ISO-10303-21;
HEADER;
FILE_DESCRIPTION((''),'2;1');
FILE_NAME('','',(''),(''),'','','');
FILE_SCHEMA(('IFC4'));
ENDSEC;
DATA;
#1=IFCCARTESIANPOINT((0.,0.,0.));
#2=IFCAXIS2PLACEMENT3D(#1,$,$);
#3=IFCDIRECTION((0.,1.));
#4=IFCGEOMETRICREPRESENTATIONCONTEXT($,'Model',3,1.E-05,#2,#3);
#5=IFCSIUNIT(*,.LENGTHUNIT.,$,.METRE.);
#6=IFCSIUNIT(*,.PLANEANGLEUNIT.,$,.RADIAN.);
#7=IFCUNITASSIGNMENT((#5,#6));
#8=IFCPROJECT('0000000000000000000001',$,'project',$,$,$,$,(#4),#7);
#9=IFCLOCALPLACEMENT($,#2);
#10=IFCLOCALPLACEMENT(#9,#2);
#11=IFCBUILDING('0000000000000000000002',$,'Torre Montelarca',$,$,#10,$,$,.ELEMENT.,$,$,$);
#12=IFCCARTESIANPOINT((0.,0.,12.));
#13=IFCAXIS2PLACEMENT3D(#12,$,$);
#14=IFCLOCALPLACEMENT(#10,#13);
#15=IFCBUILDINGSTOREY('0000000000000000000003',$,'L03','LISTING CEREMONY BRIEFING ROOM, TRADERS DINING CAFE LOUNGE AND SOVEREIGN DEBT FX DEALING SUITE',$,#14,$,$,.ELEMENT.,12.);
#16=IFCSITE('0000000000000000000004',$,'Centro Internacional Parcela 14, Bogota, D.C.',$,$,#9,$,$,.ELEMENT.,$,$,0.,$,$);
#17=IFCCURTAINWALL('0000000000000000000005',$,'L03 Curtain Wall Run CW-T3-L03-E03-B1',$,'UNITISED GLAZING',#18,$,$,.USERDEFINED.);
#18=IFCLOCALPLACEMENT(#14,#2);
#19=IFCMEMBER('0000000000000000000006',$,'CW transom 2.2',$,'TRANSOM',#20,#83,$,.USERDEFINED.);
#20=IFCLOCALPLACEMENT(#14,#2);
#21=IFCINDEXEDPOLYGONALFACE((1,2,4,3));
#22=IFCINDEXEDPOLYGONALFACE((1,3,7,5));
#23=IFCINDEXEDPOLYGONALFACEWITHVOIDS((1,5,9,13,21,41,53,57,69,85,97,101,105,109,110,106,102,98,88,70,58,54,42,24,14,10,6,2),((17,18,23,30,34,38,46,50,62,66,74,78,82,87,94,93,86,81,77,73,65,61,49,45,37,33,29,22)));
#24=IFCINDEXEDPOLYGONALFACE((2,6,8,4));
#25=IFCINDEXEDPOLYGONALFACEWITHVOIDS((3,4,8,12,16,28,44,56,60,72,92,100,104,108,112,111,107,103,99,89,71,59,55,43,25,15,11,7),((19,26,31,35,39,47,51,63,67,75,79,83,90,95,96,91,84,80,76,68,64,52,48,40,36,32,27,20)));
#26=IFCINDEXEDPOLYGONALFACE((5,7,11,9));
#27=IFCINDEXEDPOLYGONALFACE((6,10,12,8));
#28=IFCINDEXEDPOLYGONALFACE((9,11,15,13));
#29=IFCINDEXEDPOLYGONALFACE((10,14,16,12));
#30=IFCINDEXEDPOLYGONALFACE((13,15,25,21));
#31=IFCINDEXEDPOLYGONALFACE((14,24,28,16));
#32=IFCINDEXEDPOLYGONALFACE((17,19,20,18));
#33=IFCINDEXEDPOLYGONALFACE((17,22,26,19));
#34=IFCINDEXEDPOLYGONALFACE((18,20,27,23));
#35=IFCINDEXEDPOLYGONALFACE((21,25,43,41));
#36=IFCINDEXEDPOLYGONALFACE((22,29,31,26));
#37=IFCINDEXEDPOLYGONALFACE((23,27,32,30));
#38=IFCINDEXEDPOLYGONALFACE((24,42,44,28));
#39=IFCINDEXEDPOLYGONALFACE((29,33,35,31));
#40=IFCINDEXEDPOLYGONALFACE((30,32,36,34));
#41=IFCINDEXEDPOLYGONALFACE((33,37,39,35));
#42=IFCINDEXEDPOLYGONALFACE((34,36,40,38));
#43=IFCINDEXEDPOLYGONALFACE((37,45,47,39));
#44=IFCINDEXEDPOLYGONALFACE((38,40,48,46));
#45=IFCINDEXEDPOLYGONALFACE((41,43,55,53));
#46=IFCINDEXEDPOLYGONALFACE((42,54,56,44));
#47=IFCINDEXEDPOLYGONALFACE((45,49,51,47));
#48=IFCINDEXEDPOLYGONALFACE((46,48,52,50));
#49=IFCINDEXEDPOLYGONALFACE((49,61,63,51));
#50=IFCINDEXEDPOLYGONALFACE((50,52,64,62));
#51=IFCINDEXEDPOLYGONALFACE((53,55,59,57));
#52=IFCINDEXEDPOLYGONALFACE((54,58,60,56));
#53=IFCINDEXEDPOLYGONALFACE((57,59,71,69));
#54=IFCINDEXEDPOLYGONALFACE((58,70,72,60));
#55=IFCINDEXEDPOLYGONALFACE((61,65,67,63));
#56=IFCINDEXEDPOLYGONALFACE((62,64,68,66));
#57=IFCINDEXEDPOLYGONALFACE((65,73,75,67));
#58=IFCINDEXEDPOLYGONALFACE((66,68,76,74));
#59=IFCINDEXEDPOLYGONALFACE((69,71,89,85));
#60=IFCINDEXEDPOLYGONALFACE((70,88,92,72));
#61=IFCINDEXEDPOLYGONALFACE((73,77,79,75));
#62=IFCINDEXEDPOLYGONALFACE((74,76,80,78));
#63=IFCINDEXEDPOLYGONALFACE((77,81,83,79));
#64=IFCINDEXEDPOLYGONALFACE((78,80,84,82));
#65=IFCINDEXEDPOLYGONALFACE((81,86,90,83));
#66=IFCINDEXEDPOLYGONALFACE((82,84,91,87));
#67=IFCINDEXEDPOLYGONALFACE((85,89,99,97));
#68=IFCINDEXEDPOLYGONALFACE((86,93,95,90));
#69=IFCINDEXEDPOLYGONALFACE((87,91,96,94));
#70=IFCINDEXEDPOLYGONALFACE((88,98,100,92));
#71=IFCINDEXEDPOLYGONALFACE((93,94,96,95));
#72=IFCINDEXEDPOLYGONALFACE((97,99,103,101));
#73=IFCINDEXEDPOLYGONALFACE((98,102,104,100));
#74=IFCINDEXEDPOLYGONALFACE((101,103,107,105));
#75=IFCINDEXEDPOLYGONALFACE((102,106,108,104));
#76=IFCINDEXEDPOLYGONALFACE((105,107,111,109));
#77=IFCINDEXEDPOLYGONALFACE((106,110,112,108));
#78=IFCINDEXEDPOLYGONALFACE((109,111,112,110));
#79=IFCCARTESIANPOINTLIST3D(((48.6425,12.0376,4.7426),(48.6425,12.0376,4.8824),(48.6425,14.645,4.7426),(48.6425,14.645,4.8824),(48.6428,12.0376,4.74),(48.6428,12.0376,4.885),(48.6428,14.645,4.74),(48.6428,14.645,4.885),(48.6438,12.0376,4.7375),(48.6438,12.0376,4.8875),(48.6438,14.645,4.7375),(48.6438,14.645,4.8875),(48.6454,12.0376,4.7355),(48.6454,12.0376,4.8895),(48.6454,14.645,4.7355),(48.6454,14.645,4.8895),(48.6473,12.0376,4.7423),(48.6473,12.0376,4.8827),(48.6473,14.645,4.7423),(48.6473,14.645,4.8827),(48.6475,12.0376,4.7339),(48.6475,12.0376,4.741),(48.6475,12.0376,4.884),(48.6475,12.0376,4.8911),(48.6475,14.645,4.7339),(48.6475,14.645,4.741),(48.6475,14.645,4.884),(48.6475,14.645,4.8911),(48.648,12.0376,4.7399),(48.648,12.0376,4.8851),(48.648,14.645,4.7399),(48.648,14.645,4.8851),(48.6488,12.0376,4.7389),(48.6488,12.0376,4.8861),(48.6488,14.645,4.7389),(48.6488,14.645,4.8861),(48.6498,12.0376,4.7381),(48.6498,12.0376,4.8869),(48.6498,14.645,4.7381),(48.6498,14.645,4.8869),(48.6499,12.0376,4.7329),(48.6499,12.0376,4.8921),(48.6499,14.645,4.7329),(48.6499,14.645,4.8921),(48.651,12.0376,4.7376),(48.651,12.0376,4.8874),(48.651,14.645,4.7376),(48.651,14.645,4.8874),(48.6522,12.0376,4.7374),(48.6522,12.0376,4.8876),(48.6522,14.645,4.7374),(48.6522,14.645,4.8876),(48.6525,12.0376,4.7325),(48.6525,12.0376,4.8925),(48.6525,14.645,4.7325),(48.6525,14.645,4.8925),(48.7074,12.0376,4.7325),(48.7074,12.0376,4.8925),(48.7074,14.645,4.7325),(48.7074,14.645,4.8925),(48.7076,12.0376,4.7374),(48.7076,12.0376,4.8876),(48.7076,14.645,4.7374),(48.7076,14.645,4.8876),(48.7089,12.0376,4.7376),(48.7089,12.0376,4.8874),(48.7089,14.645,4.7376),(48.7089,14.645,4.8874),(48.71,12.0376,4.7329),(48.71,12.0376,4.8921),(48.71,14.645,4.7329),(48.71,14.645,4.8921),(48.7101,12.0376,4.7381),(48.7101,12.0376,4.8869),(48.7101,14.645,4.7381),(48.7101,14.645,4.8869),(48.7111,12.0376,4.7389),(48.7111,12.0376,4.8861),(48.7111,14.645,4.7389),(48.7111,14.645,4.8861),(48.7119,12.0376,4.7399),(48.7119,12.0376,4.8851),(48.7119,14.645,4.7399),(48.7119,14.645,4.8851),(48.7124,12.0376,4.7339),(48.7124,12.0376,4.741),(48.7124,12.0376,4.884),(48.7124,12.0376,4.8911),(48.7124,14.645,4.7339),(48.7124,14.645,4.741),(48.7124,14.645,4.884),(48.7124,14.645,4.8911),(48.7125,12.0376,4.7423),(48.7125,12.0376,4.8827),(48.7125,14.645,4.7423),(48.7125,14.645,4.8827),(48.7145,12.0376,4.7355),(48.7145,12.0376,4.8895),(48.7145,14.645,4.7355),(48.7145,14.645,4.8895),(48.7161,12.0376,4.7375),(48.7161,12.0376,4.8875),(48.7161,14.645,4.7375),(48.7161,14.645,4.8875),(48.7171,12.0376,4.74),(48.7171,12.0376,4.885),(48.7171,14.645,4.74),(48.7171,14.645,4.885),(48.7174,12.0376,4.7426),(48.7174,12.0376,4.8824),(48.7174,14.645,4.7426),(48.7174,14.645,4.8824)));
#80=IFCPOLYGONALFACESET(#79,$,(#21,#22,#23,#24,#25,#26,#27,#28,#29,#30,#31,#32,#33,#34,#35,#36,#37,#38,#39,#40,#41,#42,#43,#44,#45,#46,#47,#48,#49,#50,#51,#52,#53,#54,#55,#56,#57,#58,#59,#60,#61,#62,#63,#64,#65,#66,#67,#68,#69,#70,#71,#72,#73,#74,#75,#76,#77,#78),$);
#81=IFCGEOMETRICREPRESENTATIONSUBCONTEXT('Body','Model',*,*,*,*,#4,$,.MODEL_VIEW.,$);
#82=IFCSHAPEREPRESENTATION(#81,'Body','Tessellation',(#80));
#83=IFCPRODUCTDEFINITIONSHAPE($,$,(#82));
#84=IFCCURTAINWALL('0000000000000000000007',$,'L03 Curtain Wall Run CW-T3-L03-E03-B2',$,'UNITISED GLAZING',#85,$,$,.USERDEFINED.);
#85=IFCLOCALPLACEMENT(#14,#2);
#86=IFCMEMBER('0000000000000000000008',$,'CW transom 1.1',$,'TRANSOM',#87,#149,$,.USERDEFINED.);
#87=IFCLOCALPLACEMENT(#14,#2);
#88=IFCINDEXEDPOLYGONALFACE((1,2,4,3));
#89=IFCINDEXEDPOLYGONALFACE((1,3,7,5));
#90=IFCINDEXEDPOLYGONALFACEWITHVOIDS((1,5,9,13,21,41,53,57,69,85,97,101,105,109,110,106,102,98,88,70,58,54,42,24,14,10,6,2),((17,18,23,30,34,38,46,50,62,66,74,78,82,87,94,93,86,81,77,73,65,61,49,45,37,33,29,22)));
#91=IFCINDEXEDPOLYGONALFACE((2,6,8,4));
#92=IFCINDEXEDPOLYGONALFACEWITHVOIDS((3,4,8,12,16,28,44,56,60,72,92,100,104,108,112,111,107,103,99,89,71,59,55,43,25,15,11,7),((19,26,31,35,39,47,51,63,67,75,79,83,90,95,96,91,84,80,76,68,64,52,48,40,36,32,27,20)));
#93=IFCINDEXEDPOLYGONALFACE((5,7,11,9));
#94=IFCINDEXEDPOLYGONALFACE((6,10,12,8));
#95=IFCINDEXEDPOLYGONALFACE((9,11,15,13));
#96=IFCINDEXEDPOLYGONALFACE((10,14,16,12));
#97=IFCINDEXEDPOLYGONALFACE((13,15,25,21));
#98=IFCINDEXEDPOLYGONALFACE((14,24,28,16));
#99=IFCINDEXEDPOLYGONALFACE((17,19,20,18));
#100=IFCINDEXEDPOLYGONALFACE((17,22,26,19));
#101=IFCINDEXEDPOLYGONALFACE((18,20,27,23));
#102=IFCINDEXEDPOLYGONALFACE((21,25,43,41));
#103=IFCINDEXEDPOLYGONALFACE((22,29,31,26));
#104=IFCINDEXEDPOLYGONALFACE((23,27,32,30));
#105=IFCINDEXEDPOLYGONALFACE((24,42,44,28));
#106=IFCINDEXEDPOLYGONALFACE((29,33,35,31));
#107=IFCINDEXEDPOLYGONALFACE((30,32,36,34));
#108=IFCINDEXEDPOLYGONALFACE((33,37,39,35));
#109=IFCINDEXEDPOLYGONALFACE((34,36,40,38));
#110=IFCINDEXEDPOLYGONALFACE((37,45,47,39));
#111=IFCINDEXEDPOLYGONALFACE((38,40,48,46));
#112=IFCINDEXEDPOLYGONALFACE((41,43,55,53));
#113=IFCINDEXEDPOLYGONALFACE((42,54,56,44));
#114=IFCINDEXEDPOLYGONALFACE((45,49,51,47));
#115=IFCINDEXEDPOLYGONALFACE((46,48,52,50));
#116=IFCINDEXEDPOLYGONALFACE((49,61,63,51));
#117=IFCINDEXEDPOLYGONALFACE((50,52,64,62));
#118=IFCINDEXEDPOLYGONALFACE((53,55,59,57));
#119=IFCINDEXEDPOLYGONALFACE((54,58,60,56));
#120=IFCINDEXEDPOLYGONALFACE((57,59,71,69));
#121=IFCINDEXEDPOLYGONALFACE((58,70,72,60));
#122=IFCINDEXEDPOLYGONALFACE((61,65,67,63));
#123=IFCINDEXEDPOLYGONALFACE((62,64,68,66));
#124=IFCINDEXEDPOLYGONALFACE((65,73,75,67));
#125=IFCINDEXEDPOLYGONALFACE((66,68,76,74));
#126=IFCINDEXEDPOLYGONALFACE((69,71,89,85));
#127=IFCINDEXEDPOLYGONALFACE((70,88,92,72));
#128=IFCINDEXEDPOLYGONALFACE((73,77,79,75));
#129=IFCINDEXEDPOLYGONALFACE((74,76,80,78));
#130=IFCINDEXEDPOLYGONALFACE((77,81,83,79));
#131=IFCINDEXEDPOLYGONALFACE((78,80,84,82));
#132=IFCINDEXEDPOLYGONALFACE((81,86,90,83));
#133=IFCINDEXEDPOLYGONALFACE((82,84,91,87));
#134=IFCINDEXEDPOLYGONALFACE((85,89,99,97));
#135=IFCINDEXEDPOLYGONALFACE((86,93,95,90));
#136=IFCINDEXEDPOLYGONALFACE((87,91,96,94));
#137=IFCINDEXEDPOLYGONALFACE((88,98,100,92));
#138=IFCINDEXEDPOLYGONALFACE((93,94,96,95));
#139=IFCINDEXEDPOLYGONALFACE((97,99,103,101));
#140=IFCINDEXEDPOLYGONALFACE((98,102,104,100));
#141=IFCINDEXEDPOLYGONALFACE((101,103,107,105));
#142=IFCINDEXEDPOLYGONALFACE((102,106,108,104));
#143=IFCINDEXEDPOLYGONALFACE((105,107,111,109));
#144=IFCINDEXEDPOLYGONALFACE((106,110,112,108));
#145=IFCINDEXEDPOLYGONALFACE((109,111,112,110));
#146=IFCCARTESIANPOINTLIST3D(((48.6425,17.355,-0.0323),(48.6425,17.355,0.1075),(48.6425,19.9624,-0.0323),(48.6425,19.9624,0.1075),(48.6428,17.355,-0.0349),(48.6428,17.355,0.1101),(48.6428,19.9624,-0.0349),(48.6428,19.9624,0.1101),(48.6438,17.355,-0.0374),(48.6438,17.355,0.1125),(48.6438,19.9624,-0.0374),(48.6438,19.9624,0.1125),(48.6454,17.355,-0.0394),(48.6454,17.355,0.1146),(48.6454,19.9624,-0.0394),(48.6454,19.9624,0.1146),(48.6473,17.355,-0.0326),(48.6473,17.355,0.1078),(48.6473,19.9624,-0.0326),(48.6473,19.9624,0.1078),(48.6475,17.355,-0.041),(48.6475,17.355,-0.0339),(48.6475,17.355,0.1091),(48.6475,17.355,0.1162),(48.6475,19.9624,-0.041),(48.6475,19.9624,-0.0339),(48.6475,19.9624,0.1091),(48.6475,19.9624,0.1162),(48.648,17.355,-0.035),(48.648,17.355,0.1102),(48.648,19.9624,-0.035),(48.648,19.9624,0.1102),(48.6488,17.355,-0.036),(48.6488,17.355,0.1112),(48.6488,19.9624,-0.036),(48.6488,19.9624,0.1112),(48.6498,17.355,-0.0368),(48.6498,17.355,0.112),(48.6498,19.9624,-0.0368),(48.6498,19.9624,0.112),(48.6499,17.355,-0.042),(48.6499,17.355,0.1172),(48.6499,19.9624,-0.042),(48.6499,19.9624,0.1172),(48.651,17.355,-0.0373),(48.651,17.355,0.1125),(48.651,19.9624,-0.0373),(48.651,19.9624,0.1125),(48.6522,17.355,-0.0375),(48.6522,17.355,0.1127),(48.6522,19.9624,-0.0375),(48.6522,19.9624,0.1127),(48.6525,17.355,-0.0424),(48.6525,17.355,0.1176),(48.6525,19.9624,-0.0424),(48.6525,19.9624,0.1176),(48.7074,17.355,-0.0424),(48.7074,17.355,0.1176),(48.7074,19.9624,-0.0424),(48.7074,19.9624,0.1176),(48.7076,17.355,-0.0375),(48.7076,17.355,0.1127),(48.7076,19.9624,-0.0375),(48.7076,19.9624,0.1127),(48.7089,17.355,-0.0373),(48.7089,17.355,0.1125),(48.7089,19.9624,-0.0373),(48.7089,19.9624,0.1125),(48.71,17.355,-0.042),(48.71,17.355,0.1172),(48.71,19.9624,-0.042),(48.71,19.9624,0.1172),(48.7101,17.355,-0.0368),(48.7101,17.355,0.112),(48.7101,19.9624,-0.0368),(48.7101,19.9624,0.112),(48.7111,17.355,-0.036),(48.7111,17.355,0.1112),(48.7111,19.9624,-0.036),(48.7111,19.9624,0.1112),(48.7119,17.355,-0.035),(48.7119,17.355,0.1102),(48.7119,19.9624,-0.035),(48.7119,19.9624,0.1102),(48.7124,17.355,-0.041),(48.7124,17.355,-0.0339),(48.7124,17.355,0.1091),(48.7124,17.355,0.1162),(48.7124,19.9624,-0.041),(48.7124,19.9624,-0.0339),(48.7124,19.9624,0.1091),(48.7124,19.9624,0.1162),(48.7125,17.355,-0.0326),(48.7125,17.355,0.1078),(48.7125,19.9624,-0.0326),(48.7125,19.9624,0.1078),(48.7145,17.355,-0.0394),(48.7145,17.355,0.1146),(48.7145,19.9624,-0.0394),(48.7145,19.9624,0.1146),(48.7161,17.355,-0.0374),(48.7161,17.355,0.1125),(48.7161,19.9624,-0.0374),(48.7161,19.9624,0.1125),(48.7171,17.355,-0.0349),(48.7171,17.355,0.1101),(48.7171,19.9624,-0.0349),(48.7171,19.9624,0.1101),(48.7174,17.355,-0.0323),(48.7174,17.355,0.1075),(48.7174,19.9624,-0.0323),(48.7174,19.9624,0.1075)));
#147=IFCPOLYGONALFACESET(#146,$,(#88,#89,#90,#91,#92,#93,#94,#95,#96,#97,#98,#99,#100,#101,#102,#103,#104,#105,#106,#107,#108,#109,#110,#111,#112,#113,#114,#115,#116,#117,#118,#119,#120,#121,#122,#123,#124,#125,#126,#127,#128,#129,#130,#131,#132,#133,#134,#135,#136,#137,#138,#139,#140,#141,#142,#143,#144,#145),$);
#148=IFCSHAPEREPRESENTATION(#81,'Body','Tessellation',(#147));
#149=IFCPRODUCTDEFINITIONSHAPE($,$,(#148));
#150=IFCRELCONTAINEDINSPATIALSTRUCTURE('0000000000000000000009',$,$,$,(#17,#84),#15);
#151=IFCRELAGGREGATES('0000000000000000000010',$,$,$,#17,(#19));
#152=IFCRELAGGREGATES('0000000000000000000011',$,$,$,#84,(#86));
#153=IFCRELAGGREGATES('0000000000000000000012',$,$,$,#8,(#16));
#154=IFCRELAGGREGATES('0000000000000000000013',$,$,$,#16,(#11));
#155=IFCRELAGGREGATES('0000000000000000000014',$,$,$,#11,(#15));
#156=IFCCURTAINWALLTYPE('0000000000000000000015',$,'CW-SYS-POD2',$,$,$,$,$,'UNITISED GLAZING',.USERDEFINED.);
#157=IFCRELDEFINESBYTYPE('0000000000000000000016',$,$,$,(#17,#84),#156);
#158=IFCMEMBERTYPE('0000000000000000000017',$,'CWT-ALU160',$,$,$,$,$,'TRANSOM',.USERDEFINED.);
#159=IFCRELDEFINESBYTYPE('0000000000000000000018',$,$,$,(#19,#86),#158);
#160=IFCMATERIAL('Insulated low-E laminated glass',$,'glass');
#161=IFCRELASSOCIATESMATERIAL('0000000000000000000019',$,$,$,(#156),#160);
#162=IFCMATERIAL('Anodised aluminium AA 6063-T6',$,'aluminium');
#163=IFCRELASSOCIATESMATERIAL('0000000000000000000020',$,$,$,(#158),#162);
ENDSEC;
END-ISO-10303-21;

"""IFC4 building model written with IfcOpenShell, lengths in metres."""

from ifc_helpers import new_model, si_unit, direction, frame, origin, origin_2d, place, context, subcontext, project, spatial, hollow_rectangle, extrude, source, transform, mapped, material, material_profile, profile_set, type_object, element, aggregate, save


model = new_model("IFC4")

# Units and contexts
model_context = context("Model", 3, precision=1e-05, world=origin(), true_north=direction((0.0, 1.0)))
body_context = subcontext(model_context, "Body", "Model", "MODEL_VIEW")
ifc_project = project(units=[si_unit("LENGTHUNIT", "METRE"), si_unit("PLANEANGLEUNIT", "RADIAN")], contexts=[model_context])

# Site, building, storey
site_placement = place(None, origin())
site = spatial("IfcSite", under=ifc_project, at=site_placement, Name="Centro Internacional Parcela 14, Bogota, D.C.", CompositionType="ELEMENT", RefElevation=0.0)
building_placement = place(site_placement, origin())
building = spatial("IfcBuilding", under=site, at=building_placement, Name="Torre Montelarca", CompositionType="ELEMENT")
storey_placement = place(building_placement, frame((0.0, 0.0, 12.0)))
storey = spatial("IfcBuildingStorey", under=building, at=storey_placement, Name="L03", Description="LISTING CEREMONY BRIEFING ROOM, TRADERS DINING CAFE LOUNGE AND SOVEREIGN DEBT FX DEALING SUITE", CompositionType="ELEMENT", Elevation=12.0)

# Curtain walls, members
ifc_material_1 = material(Name="Insulated low-E laminated glass", Category="glass")
curtain_wall_type = type_object("IfcCurtainWallType", Name="CW-SYS-POD2", ElementType="UNITISED GLAZING", PredefinedType="USERDEFINED", material=ifc_material_1)
curtain_wall_1_placement = place(storey_placement, origin())
curtain_wall_1 = element("IfcCurtainWall", 1, at=curtain_wall_1_placement, inside=storey, type_object=curtain_wall_type, Name="L03 Curtain Wall Run CW-T3-L03-E03-B1", ObjectType="UNITISED GLAZING", PredefinedType="USERDEFINED")
ifc_material_2 = material(Name="Anodised aluminium AA 6063-T6", Category="aluminium")
ifc_material_profile_1 = material_profile(ifc_material_2, hollow_rectangle(XDim=0.075, YDim=0.1599, WallThickness=0.0049, InnerFilletRadius=0.0049, OuterFilletRadius=0.01, at=origin_2d()), Name="ALU75X160X5", Category="aluminium")
ifc_profile_set_1 = profile_set([ifc_material_profile_1], Name="Anodised aluminium AA 6063-T6")
member_type_1 = type_object("IfcMemberType", Name="CWT-ALU160", ElementType="TRANSOM", PredefinedType="USERDEFINED", material=ifc_profile_set_1)
shared_shape_1 = source(origin(), body_context, "Body", "SweptSolid", [
    extrude(hollow_rectangle(XDim=0.075, YDim=0.1599, WallThickness=0.0049, InnerFilletRadius=0.0049, OuterFilletRadius=0.01, at=origin_2d()), origin(), (0.0, 0.0, 1.0), 2.6074),
])
member_1_placement = place(storey_placement, frame((48.6799, 12.0376, 4.8125), z_axis=(0.0, 1.0, 0.0), x_axis=(-1.0, 0.0, 0.0)))
member_1 = element("IfcMember", 2, at=member_1_placement, type_object=member_type_1, Name="CW transom 2.2", ObjectType="TRANSOM", PredefinedType="USERDEFINED", context=body_context, shape_type="MappedRepresentation", body=[
    mapped(shared_shape_1, transform((0.0, 0.0, 0.0), scale=1.0)),
])
curtain_wall_2_placement = place(storey_placement, origin())
curtain_wall_2 = element("IfcCurtainWall", 3, at=curtain_wall_2_placement, inside=storey, type_object=curtain_wall_type, Name="L03 Curtain Wall Run CW-T3-L03-E03-B2", ObjectType="UNITISED GLAZING", PredefinedType="USERDEFINED")
member_2_placement = place(storey_placement, frame((48.6799, 17.355, 0.0376), z_axis=(0.0, 1.0, 0.0), x_axis=(-1.0, 0.0, 0.0)))
member_2 = element("IfcMember", 4, at=member_2_placement, type_object=member_type_1, Name="CW transom 1.1", ObjectType="TRANSOM", PredefinedType="USERDEFINED", context=body_context, shape_type="MappedRepresentation", body=[
    mapped(shared_shape_1, transform((0.0, 0.0, 0.0), scale=1.0)),
])

aggregate(curtain_wall_1, [member_1])
aggregate(curtain_wall_2, [member_2])

save(model, "model.ifc")
